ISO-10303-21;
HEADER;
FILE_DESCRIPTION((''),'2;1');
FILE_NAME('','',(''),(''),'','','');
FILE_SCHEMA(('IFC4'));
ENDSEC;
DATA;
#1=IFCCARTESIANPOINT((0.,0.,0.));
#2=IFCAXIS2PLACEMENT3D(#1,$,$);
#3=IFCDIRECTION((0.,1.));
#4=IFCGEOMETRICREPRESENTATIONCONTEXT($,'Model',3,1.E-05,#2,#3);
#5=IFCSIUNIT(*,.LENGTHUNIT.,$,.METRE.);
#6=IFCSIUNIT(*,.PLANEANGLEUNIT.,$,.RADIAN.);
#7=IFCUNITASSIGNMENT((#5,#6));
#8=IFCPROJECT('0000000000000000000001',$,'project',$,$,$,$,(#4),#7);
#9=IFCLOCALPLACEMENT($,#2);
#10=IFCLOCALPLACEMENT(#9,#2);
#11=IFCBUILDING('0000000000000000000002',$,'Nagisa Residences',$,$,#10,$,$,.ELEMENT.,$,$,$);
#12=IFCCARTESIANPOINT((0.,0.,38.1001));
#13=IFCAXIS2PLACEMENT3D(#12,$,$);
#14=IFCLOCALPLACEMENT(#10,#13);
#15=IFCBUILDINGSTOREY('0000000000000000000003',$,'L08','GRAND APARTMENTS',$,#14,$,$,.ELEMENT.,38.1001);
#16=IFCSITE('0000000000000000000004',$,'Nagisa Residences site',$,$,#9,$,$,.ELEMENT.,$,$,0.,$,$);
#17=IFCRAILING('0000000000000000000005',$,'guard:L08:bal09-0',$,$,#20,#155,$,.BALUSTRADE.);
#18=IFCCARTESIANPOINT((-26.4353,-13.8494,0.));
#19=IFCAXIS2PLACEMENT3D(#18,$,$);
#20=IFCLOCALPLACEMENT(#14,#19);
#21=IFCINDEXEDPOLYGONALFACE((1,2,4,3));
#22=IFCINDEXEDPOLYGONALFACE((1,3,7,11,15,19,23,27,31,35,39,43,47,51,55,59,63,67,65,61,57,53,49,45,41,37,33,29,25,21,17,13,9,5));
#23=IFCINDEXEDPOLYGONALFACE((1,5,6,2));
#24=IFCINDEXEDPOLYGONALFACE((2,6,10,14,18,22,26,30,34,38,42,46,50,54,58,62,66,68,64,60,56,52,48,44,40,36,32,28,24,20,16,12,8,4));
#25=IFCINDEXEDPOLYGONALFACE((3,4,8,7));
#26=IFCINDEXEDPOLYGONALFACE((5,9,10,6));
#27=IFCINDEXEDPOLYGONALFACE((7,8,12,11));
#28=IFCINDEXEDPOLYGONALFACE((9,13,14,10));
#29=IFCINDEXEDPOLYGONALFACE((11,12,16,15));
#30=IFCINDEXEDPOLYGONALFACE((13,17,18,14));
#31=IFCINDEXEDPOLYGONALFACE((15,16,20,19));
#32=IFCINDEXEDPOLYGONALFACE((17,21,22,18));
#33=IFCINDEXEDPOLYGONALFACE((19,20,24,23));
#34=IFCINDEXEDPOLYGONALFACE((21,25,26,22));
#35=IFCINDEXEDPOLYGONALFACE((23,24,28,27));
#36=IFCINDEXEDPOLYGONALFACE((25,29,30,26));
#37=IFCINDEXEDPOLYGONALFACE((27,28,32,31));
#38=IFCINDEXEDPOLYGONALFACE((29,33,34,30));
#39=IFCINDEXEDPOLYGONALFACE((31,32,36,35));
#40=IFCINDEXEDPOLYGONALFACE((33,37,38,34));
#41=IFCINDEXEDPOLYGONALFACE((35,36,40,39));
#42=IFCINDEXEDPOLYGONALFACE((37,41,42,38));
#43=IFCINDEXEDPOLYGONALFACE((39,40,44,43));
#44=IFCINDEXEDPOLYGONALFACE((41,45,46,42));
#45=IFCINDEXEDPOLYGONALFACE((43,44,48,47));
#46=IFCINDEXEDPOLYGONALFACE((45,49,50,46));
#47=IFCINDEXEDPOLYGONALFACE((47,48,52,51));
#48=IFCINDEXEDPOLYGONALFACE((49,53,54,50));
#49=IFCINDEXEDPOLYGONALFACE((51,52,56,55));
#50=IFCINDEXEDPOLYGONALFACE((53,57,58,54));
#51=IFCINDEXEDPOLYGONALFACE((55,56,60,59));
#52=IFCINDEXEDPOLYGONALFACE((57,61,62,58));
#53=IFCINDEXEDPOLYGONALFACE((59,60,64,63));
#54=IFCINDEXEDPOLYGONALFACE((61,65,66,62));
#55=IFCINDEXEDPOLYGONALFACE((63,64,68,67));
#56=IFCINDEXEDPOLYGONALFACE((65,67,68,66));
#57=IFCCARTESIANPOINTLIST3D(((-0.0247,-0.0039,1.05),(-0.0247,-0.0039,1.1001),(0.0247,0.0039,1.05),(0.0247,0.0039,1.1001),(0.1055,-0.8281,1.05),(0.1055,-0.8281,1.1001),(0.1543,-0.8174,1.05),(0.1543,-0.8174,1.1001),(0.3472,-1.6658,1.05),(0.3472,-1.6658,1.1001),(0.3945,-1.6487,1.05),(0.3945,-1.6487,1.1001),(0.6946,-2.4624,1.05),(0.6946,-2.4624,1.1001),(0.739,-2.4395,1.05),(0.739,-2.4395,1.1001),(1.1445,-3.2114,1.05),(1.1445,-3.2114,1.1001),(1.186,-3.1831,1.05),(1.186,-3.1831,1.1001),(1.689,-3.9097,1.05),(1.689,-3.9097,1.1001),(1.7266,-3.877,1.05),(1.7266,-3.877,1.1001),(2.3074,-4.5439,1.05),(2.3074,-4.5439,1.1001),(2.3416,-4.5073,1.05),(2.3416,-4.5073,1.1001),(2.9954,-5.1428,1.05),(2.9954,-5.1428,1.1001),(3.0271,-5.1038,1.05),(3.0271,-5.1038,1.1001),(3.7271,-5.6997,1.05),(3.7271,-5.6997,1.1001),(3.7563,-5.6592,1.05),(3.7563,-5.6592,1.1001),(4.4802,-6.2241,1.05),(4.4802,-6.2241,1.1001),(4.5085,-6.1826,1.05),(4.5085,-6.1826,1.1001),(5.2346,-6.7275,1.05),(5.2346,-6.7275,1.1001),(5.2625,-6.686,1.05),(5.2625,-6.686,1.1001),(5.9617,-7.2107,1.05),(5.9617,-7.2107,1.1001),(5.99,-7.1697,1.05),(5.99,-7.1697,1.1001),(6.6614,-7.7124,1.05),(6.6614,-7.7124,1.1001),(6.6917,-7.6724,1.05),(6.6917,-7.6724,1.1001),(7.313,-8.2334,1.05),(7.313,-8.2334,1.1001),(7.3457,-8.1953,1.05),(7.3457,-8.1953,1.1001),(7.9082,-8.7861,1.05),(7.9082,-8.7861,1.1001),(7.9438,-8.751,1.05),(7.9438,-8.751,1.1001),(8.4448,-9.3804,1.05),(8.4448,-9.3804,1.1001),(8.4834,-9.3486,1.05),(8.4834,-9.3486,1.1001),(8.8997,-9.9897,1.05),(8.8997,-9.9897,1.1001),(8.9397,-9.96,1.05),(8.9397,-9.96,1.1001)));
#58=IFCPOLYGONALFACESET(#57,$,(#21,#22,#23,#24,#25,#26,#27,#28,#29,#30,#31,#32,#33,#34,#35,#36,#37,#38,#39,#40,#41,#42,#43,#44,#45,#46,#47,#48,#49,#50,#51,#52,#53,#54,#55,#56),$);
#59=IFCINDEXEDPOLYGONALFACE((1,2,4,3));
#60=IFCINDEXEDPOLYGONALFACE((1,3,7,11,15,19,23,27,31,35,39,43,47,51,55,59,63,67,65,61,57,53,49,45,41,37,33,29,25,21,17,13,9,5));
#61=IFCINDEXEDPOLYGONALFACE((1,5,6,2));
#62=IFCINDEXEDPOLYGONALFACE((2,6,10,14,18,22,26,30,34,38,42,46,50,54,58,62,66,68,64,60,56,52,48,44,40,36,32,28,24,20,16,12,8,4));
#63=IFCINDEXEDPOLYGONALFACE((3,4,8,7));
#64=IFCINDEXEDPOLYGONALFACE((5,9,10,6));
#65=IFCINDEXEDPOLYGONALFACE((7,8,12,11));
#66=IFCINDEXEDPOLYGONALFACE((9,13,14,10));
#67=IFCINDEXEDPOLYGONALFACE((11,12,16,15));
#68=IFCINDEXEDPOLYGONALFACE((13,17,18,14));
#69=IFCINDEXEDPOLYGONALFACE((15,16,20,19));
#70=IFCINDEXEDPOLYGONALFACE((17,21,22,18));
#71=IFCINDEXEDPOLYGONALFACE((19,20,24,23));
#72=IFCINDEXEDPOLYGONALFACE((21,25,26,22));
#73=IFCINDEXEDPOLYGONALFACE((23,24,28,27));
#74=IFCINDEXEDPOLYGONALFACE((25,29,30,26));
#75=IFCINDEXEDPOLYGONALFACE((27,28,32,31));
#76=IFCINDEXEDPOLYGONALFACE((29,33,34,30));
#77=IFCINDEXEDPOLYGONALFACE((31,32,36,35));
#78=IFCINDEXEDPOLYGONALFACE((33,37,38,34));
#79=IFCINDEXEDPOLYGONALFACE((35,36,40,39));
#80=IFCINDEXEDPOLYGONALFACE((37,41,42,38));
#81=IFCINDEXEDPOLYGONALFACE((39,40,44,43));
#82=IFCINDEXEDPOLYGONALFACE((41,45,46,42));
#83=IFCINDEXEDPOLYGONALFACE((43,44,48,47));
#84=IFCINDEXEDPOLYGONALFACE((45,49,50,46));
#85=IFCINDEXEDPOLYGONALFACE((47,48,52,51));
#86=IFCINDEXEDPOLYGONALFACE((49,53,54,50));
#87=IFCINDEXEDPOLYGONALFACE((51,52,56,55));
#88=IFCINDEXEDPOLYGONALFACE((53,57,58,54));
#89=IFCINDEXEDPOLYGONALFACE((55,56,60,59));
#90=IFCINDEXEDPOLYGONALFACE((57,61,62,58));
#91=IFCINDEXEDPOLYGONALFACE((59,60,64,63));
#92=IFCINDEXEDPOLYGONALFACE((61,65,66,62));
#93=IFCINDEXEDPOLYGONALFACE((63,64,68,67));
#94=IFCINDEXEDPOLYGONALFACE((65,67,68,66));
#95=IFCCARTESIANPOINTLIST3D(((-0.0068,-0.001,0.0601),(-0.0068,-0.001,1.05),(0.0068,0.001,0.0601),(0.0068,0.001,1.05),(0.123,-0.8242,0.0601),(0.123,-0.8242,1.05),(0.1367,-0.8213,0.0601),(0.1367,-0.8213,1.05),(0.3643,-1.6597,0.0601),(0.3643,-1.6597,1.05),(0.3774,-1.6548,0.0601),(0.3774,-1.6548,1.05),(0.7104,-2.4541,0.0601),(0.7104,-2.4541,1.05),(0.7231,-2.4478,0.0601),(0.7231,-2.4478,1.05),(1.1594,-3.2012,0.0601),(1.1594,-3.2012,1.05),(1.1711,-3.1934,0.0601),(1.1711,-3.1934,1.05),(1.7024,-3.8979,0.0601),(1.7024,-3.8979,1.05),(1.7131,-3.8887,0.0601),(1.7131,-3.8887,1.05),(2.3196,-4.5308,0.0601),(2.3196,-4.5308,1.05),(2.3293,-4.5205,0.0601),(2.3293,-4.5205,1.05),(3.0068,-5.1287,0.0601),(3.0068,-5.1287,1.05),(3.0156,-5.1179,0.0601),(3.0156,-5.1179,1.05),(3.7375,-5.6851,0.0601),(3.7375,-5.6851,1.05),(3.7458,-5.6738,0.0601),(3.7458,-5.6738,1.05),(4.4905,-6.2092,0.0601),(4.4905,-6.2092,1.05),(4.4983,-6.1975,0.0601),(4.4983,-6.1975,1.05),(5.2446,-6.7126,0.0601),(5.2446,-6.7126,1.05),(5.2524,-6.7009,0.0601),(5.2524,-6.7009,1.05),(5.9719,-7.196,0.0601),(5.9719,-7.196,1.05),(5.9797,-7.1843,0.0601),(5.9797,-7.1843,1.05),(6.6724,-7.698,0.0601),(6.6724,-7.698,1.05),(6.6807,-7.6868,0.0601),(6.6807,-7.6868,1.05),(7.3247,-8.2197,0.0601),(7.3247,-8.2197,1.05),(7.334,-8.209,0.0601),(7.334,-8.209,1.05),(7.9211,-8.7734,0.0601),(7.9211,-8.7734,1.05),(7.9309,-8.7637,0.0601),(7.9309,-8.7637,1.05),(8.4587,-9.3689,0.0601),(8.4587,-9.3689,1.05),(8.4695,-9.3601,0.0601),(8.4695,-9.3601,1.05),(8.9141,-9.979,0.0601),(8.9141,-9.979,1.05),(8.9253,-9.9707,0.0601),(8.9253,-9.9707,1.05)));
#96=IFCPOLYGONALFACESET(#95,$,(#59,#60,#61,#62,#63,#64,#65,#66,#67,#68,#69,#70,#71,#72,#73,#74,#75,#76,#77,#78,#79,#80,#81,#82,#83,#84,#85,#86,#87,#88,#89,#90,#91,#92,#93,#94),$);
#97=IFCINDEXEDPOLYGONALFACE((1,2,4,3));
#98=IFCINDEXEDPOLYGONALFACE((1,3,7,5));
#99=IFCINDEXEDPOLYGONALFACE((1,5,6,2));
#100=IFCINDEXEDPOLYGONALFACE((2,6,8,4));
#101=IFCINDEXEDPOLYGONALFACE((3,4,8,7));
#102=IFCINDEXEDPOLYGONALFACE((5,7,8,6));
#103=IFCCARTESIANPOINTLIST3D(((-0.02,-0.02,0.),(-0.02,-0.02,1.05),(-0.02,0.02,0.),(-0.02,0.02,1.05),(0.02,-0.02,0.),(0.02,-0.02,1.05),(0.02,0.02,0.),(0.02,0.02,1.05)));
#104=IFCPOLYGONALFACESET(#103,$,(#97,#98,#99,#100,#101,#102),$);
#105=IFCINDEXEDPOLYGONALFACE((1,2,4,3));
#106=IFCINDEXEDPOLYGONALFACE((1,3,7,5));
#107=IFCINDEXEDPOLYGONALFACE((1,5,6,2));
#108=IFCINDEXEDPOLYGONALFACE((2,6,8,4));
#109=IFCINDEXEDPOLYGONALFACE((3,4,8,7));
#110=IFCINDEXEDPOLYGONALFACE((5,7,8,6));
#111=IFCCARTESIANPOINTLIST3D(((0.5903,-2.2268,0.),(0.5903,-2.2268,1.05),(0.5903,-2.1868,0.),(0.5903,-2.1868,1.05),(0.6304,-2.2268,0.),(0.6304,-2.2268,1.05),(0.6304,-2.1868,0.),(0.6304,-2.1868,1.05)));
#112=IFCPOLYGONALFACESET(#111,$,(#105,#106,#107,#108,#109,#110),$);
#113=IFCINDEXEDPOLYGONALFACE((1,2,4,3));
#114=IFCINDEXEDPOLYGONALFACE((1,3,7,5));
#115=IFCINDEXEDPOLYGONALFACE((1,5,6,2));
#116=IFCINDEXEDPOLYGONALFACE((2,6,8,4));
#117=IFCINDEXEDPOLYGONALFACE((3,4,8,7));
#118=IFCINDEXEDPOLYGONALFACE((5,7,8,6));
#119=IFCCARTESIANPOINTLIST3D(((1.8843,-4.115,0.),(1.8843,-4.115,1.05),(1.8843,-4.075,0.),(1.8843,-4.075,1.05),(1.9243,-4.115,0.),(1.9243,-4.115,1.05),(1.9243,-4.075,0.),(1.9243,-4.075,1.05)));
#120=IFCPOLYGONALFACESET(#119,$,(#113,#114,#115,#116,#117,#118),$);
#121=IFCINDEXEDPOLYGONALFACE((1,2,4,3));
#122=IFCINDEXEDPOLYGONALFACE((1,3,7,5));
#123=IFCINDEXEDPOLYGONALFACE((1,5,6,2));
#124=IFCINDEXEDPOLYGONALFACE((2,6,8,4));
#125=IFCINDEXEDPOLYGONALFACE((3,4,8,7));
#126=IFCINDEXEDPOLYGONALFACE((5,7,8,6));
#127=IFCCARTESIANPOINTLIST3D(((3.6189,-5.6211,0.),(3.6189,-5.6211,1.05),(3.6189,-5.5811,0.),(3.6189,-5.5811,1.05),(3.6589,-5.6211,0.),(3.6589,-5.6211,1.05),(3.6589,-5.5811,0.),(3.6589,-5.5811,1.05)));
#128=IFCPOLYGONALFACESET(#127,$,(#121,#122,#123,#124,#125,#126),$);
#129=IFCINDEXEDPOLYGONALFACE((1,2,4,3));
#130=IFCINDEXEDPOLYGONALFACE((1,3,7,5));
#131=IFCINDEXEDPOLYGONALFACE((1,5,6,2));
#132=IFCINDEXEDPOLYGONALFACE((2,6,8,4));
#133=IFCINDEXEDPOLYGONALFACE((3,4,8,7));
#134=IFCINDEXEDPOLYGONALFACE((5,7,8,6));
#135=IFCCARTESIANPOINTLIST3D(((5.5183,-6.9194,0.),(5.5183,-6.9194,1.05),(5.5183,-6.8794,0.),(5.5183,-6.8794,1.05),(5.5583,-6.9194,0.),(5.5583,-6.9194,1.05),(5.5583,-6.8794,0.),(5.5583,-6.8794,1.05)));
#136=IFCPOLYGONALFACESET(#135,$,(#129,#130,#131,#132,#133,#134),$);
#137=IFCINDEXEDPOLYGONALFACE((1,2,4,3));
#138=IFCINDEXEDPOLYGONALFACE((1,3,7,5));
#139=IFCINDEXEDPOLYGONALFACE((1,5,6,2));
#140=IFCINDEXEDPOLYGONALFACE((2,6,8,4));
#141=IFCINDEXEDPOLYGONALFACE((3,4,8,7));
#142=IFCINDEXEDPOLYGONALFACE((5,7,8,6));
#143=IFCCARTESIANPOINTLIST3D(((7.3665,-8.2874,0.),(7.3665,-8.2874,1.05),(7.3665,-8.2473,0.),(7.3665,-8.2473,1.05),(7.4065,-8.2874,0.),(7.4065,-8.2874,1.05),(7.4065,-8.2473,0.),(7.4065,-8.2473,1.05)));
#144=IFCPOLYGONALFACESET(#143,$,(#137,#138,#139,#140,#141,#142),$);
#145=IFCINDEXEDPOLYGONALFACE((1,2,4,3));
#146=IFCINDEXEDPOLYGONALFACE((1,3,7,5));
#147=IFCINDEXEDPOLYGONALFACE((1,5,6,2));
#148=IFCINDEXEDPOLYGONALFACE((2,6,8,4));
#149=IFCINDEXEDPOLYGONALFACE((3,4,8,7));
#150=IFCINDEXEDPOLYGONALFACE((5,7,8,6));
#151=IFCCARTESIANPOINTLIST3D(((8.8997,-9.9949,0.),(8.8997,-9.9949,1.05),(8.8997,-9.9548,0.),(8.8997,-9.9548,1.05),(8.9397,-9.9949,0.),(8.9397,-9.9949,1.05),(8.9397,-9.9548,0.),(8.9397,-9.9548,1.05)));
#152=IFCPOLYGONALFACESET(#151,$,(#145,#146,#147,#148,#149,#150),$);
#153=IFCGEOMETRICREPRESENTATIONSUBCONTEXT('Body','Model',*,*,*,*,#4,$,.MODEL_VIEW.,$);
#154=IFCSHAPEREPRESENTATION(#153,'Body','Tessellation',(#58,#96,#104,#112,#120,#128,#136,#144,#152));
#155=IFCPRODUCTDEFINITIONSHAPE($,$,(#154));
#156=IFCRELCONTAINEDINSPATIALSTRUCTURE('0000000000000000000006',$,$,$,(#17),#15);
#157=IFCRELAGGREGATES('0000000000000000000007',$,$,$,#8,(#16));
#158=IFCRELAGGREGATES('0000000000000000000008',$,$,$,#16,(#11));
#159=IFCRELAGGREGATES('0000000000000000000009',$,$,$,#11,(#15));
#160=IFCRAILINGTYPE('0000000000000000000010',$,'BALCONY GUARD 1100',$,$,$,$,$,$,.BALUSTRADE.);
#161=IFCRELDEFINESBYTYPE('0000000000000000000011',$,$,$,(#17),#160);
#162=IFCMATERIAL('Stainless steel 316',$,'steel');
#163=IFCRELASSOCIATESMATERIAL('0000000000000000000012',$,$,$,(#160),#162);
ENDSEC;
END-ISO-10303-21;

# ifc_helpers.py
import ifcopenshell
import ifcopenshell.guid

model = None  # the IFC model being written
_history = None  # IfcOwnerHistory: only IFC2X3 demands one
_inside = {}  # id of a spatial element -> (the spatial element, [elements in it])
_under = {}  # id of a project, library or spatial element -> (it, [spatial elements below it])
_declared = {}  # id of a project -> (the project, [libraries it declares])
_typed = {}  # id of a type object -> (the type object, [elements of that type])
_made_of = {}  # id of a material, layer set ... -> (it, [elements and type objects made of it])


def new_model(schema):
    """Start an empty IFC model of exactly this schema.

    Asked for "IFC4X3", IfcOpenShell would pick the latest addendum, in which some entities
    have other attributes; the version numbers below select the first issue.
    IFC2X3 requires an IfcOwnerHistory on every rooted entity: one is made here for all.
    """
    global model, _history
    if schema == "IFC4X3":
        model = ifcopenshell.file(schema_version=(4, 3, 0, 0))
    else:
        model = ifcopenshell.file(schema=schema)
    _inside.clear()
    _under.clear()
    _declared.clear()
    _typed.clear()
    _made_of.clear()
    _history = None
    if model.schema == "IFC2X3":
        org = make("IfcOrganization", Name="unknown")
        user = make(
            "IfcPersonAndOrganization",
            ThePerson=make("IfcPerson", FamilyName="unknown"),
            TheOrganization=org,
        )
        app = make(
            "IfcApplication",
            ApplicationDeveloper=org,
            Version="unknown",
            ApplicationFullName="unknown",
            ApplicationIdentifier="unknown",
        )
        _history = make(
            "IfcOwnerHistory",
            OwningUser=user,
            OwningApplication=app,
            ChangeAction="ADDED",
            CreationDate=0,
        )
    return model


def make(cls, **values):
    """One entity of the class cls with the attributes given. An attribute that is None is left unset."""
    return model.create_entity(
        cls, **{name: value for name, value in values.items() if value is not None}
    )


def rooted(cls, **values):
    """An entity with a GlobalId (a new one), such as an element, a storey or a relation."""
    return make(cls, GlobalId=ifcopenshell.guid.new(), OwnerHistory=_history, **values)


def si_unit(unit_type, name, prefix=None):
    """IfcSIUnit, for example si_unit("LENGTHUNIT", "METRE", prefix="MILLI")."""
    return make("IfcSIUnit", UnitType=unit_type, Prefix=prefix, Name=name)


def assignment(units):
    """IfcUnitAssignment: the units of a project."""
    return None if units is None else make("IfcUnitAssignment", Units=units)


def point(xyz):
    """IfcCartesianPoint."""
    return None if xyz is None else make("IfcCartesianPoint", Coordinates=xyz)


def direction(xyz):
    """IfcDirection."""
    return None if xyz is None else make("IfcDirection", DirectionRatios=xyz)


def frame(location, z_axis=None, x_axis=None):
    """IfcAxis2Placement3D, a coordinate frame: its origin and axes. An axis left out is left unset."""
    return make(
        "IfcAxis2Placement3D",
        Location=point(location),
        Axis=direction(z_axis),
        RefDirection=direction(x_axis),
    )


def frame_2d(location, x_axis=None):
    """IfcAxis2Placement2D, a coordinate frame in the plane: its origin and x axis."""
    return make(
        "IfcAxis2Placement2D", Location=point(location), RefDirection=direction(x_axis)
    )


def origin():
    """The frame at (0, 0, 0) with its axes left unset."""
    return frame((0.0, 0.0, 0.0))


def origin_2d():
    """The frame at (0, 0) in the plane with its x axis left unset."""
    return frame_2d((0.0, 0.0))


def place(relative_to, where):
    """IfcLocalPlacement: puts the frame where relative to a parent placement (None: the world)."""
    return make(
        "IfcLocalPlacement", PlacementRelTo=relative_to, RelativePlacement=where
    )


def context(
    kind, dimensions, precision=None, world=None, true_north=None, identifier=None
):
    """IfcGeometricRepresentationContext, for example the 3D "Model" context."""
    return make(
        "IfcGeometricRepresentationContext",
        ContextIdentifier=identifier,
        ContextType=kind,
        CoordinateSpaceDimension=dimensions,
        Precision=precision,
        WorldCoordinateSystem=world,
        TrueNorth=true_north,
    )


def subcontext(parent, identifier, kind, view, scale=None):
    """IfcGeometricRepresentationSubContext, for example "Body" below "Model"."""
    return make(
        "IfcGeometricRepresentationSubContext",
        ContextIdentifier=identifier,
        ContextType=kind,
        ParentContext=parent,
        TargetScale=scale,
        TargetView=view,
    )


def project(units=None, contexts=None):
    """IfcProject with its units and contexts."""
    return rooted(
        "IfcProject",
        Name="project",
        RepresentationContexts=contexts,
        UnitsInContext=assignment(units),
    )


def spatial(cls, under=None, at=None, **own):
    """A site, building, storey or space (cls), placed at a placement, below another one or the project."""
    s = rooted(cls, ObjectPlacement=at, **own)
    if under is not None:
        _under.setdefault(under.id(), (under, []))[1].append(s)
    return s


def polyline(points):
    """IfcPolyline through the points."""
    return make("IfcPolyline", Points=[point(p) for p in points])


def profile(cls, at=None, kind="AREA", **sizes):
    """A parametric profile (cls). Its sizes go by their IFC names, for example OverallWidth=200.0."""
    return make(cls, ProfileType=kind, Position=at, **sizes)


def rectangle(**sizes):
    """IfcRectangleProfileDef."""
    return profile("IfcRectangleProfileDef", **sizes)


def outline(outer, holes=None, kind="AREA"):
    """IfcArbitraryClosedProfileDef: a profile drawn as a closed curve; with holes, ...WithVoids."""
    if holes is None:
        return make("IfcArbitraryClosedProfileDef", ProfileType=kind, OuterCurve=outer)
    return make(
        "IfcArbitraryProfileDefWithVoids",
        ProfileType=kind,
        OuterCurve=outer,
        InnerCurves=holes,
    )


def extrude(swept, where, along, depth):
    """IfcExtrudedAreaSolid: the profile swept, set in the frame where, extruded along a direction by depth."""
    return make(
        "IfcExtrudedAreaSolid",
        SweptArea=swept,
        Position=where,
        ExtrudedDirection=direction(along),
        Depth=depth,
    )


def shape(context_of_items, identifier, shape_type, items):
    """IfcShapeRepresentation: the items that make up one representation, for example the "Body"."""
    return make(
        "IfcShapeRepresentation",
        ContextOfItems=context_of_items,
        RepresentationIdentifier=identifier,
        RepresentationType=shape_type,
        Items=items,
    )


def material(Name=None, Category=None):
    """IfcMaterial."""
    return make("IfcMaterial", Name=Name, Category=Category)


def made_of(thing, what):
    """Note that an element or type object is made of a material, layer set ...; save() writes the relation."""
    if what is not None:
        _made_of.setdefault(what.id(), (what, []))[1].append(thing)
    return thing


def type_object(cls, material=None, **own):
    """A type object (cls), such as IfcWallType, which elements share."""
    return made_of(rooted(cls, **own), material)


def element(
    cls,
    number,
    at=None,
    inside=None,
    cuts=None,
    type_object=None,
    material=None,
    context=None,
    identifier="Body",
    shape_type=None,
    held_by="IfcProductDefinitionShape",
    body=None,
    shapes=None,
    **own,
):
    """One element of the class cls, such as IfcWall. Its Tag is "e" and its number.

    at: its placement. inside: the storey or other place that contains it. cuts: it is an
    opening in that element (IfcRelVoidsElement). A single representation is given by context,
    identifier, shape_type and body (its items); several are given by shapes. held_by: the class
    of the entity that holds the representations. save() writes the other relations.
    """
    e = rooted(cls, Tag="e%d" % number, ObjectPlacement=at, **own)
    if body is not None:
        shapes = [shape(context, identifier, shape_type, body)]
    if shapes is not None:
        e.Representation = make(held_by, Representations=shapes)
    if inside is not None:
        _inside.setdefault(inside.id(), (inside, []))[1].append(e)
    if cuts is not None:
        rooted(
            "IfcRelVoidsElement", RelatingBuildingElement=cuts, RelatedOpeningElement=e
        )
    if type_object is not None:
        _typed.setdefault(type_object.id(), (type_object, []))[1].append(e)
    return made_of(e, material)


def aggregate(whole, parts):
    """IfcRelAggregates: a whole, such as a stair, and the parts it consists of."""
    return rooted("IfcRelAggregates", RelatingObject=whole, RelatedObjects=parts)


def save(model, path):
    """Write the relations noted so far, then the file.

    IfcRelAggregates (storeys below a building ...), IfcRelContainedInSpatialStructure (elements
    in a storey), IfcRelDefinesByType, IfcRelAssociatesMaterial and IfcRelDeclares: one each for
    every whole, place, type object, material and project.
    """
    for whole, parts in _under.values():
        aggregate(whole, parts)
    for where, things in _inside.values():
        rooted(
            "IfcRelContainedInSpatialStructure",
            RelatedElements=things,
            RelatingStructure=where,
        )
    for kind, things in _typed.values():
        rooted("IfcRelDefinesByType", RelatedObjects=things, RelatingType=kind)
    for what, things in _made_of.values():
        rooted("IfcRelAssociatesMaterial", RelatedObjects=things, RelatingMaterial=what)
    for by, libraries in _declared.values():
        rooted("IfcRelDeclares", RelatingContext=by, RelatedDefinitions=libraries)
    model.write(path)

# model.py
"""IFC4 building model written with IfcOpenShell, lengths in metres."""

from ifc_helpers import new_model, si_unit, direction, frame, origin, origin_2d, place, context, subcontext, project, spatial, polyline, rectangle, outline, extrude, material, type_object, element, save


model = new_model("IFC4")

# Units and contexts
model_context = context("Model", 3, precision=1e-05, world=origin(), true_north=direction((0.0, 1.0)))
body_context = subcontext(model_context, "Body", "Model", "MODEL_VIEW")
ifc_project = project(units=[si_unit("LENGTHUNIT", "METRE"), si_unit("PLANEANGLEUNIT", "RADIAN")], contexts=[model_context])

# Site, building, storey
site_placement = place(None, origin())
site = spatial("IfcSite", under=ifc_project, at=site_placement, Name="Nagisa Residences site", CompositionType="ELEMENT", RefElevation=0.0)
building_placement = place(site_placement, origin())
building = spatial("IfcBuilding", under=site, at=building_placement, Name="Nagisa Residences", CompositionType="ELEMENT")
storey_placement = place(building_placement, frame((0.0, 0.0, 38.1001)))
storey = spatial("IfcBuildingStorey", under=building, at=storey_placement, Name="L08", Description="GRAND APARTMENTS", CompositionType="ELEMENT", Elevation=38.1001)

# Railing
ifc_material_1 = material(Name="Stainless steel 316", Category="steel")
railing_type = type_object("IfcRailingType", Name="BALCONY GUARD 1100", PredefinedType="BALUSTRADE", material=ifc_material_1)
railing_1_placement = place(storey_placement, frame((-26.4353, -13.8494, 0.0)))
element("IfcRailing", 1, at=railing_1_placement, inside=storey, type_object=railing_type, Name="guard:L08:bal09-0", PredefinedType="BALUSTRADE", context=body_context, shape_type="SweptSolid", body=[
    extrude(outline(polyline([(0.1543, -0.8174), (0.0247, 0.0039), (-0.0247, -0.0039), (0.1055, -0.8281), (0.3472, -1.6658), (0.6946, -2.4624), (1.1445, -3.2114), (1.689, -3.9097), (2.3074, -4.5439), (2.9954, -5.1428), (3.7271, -5.6997), (4.4802, -6.2241), (5.2346, -6.7275), (5.9617, -7.2107), (6.6614, -7.7124), (7.313, -8.2334), (7.9082, -8.7861), (8.4448, -9.3804), (8.8997, -9.9897), (8.9397, -9.96), (8.4834, -9.3486), (7.9438, -8.751), (7.3457, -8.1953), (6.6917, -7.6724), (5.99, -7.1697), (5.2625, -6.686), (4.5085, -6.1826), (3.7563, -5.6592), (3.0271, -5.1038), (2.3416, -4.5073), (1.7266, -3.877), (1.186, -3.1831), (0.739, -2.4395), (0.3945, -1.6487), (0.1543, -0.8174)])), frame((0.0, 0.0, 1.05)), (0.0, 0.0, 1.0), 0.05),
    extrude(outline(polyline([(0.1367, -0.8213), (0.0068, 0.001), (-0.0068, -0.001), (0.123, -0.8242), (0.3643, -1.6597), (0.7104, -2.4541), (1.1594, -3.2012), (1.7024, -3.8979), (2.3196, -4.5308), (3.0068, -5.1287), (3.7375, -5.6851), (4.4905, -6.2092), (5.2446, -6.7126), (5.9719, -7.196), (6.6724, -7.698), (7.3247, -8.2197), (7.9211, -8.7734), (8.4587, -9.3689), (8.9141, -9.979), (8.9253, -9.9707), (8.4695, -9.3601), (7.9309, -8.7637), (7.334, -8.209), (6.6807, -7.6868), (5.9797, -7.1843), (5.2524, -6.7009), (4.4983, -6.1975), (3.7458, -5.6738), (3.0156, -5.1179), (2.3293, -4.5205), (1.7131, -3.8887), (1.1711, -3.1934), (0.7231, -2.4478), (0.3774, -1.6548), (0.1367, -0.8213)])), frame((0.0, 0.0, 0.0601)), (0.0, 0.0, 1.0), 0.99),
    extrude(rectangle(XDim=0.04, YDim=0.04, at=origin_2d()), origin(), (0.0, 0.0, 1.0), 1.05),
    extrude(rectangle(XDim=0.04, YDim=0.04, at=origin_2d()), frame((0.6104, -2.2068, 0.0)), (0.0, 0.0, 1.0), 1.05),
    extrude(rectangle(XDim=0.04, YDim=0.04, at=origin_2d()), frame((1.9043, -4.095, 0.0)), (0.0, 0.0, 1.0), 1.05),
    extrude(rectangle(XDim=0.04, YDim=0.04, at=origin_2d()), frame((3.6389, -5.6011, 0.0)), (0.0, 0.0, 1.0), 1.05),
    extrude(rectangle(XDim=0.04, YDim=0.04, at=origin_2d()), frame((5.5383, -6.8994, 0.0)), (0.0, 0.0, 1.0), 1.05),
    extrude(rectangle(XDim=0.04, YDim=0.04, at=origin_2d()), frame((7.3865, -8.2673, 0.0)), (0.0, 0.0, 1.0), 1.05),
    extrude(rectangle(XDim=0.04, YDim=0.04, at=origin_2d()), frame((8.9197, -9.9749, 0.0)), (0.0, 0.0, 1.0), 1.05),
])

save(model, "model.ifc")
